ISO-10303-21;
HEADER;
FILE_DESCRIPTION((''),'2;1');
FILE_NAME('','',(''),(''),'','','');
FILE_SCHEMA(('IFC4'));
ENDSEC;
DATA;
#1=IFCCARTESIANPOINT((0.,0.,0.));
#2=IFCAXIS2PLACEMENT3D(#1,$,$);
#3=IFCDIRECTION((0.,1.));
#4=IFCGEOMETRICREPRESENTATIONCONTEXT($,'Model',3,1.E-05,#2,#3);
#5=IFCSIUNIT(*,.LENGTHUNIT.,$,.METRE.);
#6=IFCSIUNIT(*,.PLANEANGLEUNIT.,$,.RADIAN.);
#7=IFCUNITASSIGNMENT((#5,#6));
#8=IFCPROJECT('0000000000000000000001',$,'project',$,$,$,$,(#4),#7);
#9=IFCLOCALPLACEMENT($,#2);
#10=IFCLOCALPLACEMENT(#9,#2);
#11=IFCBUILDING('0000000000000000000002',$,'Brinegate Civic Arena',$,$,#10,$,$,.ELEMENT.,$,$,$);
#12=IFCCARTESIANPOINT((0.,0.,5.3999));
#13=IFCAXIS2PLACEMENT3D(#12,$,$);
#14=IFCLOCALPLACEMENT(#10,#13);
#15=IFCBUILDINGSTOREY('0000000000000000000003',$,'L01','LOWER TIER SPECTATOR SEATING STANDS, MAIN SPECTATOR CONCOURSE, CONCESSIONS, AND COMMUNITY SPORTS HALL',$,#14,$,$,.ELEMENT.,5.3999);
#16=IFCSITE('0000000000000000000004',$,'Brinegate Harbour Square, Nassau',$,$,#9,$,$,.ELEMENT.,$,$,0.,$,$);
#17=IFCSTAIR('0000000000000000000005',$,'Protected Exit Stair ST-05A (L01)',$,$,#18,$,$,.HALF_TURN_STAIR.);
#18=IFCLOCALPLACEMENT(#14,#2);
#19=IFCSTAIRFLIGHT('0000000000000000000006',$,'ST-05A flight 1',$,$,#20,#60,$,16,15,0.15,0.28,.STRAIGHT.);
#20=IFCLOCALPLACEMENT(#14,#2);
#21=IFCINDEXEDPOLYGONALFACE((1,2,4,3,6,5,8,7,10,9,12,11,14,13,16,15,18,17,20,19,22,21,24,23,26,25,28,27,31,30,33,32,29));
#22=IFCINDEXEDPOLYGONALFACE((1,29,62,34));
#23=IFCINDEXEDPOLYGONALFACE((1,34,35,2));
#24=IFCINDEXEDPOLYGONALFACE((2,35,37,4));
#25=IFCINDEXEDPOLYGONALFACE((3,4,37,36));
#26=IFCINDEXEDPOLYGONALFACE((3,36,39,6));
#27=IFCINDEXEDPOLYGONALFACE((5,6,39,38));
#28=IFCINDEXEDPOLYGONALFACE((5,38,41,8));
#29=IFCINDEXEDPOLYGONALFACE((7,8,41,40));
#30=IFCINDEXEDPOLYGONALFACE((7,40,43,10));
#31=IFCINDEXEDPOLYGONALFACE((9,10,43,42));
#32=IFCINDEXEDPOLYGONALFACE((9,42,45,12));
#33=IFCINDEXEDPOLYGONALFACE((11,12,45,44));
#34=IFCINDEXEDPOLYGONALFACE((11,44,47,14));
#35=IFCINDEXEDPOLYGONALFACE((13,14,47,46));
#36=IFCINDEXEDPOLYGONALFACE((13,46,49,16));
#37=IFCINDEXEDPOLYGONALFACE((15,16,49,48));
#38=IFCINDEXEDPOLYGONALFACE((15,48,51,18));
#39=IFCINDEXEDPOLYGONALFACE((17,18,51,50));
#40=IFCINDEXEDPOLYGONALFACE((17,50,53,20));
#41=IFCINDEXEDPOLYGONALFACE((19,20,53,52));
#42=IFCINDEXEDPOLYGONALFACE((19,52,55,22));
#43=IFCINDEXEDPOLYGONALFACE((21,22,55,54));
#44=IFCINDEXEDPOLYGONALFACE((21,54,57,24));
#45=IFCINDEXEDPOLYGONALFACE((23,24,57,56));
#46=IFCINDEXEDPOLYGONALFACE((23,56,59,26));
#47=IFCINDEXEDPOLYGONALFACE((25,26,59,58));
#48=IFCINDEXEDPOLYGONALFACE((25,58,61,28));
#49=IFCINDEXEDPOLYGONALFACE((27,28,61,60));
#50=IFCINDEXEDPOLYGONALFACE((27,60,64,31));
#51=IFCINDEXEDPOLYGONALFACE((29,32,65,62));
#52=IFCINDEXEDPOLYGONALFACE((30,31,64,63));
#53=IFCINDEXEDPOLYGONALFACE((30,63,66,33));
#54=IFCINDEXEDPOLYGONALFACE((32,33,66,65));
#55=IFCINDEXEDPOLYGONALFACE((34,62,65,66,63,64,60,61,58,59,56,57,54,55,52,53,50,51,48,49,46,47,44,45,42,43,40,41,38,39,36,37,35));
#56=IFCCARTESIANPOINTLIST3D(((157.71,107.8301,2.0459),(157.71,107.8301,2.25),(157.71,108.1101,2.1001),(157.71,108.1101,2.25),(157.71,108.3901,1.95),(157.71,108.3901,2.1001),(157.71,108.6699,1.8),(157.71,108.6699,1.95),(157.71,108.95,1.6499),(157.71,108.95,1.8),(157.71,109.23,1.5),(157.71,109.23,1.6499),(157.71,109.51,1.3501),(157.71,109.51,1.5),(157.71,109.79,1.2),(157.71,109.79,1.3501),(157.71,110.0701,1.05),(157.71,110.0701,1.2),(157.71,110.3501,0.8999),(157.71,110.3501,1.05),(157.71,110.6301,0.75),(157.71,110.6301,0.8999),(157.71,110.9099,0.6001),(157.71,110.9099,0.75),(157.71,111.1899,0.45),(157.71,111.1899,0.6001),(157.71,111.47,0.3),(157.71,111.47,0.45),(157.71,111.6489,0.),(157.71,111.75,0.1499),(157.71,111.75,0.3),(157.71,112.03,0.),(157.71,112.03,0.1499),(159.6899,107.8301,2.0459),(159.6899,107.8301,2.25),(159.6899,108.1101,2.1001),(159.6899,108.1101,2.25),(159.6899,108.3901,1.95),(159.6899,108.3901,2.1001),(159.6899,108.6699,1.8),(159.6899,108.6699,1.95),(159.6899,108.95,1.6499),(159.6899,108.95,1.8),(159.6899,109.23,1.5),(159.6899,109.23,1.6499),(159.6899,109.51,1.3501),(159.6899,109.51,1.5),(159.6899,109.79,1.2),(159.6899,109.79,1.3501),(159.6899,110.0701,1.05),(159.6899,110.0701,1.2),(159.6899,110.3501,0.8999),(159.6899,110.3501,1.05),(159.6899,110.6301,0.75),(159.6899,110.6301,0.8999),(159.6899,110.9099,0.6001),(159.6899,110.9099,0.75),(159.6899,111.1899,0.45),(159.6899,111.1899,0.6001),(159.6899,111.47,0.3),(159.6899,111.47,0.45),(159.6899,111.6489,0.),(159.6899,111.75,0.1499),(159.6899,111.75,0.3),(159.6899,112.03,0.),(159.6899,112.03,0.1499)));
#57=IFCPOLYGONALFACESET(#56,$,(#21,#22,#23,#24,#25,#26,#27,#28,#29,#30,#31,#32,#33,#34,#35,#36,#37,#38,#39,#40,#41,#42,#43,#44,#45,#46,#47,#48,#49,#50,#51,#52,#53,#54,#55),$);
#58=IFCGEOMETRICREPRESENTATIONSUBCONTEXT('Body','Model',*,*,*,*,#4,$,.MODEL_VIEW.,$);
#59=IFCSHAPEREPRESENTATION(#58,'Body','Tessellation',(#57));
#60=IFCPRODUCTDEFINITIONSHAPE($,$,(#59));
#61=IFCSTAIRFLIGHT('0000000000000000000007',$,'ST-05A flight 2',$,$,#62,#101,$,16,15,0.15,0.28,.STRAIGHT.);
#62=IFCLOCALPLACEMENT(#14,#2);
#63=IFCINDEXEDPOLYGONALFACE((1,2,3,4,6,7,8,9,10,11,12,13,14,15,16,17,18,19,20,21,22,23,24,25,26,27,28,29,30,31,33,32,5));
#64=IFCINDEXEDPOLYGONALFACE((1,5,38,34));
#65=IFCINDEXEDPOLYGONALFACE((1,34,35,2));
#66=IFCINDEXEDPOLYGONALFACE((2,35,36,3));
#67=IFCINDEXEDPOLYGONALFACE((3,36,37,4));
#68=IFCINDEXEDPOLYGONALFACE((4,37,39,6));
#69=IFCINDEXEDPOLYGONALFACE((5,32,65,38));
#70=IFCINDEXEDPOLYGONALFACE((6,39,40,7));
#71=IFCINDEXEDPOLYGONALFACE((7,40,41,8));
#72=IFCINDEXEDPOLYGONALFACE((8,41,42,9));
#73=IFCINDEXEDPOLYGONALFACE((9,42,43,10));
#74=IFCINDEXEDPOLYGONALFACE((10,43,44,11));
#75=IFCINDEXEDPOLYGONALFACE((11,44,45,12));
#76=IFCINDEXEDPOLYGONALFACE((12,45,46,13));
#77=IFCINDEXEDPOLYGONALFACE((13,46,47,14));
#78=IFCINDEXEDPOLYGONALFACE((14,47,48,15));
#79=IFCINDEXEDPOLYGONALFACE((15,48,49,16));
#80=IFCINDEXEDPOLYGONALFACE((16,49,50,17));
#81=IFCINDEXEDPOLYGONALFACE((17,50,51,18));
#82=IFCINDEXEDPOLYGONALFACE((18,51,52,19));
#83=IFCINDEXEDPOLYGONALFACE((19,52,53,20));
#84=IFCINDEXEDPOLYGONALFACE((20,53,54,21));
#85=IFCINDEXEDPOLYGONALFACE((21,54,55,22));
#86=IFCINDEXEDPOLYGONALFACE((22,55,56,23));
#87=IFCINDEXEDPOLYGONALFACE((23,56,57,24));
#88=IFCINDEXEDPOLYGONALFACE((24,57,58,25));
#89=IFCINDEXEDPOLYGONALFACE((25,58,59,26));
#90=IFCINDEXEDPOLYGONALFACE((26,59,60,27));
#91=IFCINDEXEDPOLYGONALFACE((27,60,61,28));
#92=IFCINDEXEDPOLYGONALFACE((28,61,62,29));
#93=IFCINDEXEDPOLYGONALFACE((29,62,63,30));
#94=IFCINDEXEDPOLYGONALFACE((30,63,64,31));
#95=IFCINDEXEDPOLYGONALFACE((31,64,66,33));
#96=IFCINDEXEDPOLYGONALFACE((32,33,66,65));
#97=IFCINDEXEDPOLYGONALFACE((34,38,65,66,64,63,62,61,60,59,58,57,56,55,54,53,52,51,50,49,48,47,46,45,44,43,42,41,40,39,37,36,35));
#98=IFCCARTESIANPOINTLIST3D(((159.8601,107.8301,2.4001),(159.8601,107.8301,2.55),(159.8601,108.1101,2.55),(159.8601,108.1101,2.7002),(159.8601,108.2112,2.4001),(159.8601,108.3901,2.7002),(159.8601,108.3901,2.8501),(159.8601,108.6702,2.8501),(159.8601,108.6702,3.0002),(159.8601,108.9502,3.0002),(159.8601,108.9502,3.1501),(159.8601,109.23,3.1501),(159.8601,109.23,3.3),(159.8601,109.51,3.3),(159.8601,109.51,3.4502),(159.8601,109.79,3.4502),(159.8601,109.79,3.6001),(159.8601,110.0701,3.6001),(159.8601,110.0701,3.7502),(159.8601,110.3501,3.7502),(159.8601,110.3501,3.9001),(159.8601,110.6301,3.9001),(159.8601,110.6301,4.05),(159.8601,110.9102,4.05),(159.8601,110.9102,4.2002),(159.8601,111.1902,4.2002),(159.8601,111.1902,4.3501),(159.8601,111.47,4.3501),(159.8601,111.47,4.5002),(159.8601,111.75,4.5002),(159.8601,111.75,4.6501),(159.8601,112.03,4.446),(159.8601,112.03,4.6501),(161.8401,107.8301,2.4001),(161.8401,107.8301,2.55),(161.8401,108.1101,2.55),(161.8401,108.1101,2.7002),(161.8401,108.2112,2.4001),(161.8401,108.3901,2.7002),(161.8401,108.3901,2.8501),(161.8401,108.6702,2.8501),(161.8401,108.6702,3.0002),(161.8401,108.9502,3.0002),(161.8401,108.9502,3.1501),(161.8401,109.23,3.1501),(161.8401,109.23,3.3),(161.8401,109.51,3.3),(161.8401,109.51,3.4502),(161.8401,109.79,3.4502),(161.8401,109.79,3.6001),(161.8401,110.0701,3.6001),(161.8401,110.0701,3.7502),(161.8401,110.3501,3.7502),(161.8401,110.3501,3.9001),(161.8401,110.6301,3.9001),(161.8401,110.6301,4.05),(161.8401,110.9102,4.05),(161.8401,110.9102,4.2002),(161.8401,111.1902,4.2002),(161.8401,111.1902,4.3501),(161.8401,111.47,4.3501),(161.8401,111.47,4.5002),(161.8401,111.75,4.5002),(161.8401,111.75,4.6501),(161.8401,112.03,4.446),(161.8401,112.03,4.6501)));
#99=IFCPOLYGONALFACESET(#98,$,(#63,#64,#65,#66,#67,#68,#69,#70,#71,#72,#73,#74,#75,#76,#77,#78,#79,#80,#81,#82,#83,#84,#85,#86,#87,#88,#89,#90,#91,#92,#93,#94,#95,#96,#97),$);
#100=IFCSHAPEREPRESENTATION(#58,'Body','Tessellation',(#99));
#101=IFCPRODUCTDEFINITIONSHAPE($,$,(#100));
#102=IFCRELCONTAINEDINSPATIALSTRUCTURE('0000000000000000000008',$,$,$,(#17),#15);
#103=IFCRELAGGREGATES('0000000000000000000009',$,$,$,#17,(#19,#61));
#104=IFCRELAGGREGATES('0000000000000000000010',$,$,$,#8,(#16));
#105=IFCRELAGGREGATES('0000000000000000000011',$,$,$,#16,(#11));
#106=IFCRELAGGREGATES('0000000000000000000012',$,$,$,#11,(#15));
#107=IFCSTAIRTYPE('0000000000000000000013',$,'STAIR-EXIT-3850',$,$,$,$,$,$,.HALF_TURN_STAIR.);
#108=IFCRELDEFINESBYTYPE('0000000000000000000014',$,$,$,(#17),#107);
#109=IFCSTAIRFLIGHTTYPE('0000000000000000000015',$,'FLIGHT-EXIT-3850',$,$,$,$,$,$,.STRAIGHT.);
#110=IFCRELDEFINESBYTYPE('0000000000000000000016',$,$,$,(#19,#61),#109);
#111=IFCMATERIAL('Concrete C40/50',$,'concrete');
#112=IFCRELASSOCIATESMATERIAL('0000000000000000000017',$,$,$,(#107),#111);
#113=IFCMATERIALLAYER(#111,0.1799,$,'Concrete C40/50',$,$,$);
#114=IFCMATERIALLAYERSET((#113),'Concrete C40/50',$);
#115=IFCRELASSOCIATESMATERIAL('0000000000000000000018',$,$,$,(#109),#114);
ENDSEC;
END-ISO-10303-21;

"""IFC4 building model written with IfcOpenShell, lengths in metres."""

from ifc_helpers import new_model, si_unit, direction, frame, origin, place, context, subcontext, project, spatial, polyline, outline, extrude, material, layer, layer_set, type_object, element, aggregate, save


model = new_model("IFC4")

# Units and contexts
model_context = context("Model", 3, precision=1e-05, world=origin(), true_north=direction((0.0, 1.0)))
body_context = subcontext(model_context, "Body", "Model", "MODEL_VIEW")
ifc_project = project(units=[si_unit("LENGTHUNIT", "METRE"), si_unit("PLANEANGLEUNIT", "RADIAN")], contexts=[model_context])

# Site, building, storey
site_placement = place(None, origin())
site = spatial("IfcSite", under=ifc_project, at=site_placement, Name="Brinegate Harbour Square, Nassau", CompositionType="ELEMENT", RefElevation=0.0)
building_placement = place(site_placement, origin())
building = spatial("IfcBuilding", under=site, at=building_placement, Name="Brinegate Civic Arena", CompositionType="ELEMENT")
storey_placement = place(building_placement, frame((0.0, 0.0, 5.3999)))
storey = spatial("IfcBuildingStorey", under=building, at=storey_placement, Name="L01", Description="LOWER TIER SPECTATOR SEATING STANDS, MAIN SPECTATOR CONCOURSE, CONCESSIONS, AND COMMUNITY SPORTS HALL", CompositionType="ELEMENT", Elevation=5.3999)

# Stair, stair flights
ifc_material_1 = material(Name="Concrete C40/50", Category="concrete")
stair_type_1 = type_object("IfcStairType", Name="STAIR-EXIT-3850", PredefinedType="HALF_TURN_STAIR", material=ifc_material_1)
stair_1_placement = place(storey_placement, origin())
stair_1 = element("IfcStair", 1, at=stair_1_placement, inside=storey, type_object=stair_type_1, Name="Protected Exit Stair ST-05A (L01)", PredefinedType="HALF_TURN_STAIR")
ifc_layer_1 = layer(ifc_material_1, 0.1799, Name="Concrete C40/50")
ifc_layer_set_1 = layer_set([ifc_layer_1], Name="Concrete C40/50")
stair_flight_type_1 = type_object("IfcStairFlightType", Name="FLIGHT-EXIT-3850", PredefinedType="STRAIGHT", material=ifc_layer_set_1)
stair_flight_1_placement = place(storey_placement, frame((158.7, 112.03, 0.0), z_axis=(0.0, 0.0, 1.0), x_axis=(0.0, -1.0, 0.0)))
stair_flight_1 = element("IfcStairFlight", 2, at=stair_flight_1_placement, type_object=stair_flight_type_1, Name="ST-05A flight 1", NumberOfRisers=16, NumberOfTreads=15, PredefinedType="STRAIGHT", RiserHeight=0.15, TreadLength=0.28, context=body_context, shape_type="SweptSolid", body=[
    extrude(outline(polyline([(0.0, 0.0), (0.0, 0.1499), (0.28, 0.1499), (0.28, 0.3), (0.5601, 0.3), (0.5601, 0.45), (0.8401, 0.45), (0.8401, 0.6001), (1.1201, 0.6001), (1.1201, 0.75), (1.3999, 0.75), (1.3999, 0.8999), (1.6799, 0.8999), (1.6799, 1.05), (1.96, 1.05), (1.96, 1.2), (2.24, 1.2), (2.24, 1.3501), (2.52, 1.3501), (2.52, 1.5), (2.8, 1.5), (2.8, 1.6499), (3.0801, 1.6499), (3.0801, 1.8), (3.3601, 1.8), (3.3601, 1.95), (3.6399, 1.95), (3.6399, 2.1001), (3.9199, 2.1001), (3.9199, 2.25), (4.2, 2.25), (4.2, 2.3999), (4.2, 2.0459), (0.3811, 0.0), (0.0, 0.0)])), frame((0.0, 0.99, 0.0), z_axis=(0.0, -1.0, 0.0), x_axis=(1.0, 0.0, 0.0)), (0.0, 0.0, 1.0), 1.98),
])
stair_flight_2_placement = place(storey_placement, frame((160.8501, 107.8301, 2.4001), z_axis=(0.0, 0.0, 1.0), x_axis=(0.0, 1.0, 0.0)))
stair_flight_2 = element("IfcStairFlight", 3, at=stair_flight_2_placement, type_object=stair_flight_type_1, Name="ST-05A flight 2", NumberOfRisers=16, NumberOfTreads=15, PredefinedType="STRAIGHT", RiserHeight=0.15, TreadLength=0.28, context=body_context, shape_type="SweptSolid", body=[
    extrude(outline(polyline([(0.0, 0.0), (0.0, 0.1499), (0.28, 0.1499), (0.28, 0.3), (0.5601, 0.3), (0.5601, 0.45), (0.8401, 0.45), (0.8401, 0.6001), (1.1201, 0.6001), (1.1201, 0.75), (1.3999, 0.75), (1.3999, 0.8999), (1.6799, 0.8999), (1.6799, 1.05), (1.96, 1.05), (1.96, 1.2), (2.24, 1.2), (2.24, 1.3501), (2.52, 1.3501), (2.52, 1.5), (2.8, 1.5), (2.8, 1.6499), (3.0801, 1.6499), (3.0801, 1.8), (3.3601, 1.8), (3.3601, 1.95), (3.6399, 1.95), (3.6399, 2.1001), (3.9199, 2.1001), (3.9199, 2.25), (4.2, 2.25), (4.2, 2.3999), (4.2, 2.0459), (0.3811, 0.0), (0.0, 0.0)])), frame((0.0, 0.99, 0.0), z_axis=(0.0, -1.0, 0.0), x_axis=(1.0, 0.0, 0.0)), (0.0, 0.0, 1.0), 1.98),
])
aggregate(stair_1, [stair_flight_1, stair_flight_2])

save(model, "model.ifc")
